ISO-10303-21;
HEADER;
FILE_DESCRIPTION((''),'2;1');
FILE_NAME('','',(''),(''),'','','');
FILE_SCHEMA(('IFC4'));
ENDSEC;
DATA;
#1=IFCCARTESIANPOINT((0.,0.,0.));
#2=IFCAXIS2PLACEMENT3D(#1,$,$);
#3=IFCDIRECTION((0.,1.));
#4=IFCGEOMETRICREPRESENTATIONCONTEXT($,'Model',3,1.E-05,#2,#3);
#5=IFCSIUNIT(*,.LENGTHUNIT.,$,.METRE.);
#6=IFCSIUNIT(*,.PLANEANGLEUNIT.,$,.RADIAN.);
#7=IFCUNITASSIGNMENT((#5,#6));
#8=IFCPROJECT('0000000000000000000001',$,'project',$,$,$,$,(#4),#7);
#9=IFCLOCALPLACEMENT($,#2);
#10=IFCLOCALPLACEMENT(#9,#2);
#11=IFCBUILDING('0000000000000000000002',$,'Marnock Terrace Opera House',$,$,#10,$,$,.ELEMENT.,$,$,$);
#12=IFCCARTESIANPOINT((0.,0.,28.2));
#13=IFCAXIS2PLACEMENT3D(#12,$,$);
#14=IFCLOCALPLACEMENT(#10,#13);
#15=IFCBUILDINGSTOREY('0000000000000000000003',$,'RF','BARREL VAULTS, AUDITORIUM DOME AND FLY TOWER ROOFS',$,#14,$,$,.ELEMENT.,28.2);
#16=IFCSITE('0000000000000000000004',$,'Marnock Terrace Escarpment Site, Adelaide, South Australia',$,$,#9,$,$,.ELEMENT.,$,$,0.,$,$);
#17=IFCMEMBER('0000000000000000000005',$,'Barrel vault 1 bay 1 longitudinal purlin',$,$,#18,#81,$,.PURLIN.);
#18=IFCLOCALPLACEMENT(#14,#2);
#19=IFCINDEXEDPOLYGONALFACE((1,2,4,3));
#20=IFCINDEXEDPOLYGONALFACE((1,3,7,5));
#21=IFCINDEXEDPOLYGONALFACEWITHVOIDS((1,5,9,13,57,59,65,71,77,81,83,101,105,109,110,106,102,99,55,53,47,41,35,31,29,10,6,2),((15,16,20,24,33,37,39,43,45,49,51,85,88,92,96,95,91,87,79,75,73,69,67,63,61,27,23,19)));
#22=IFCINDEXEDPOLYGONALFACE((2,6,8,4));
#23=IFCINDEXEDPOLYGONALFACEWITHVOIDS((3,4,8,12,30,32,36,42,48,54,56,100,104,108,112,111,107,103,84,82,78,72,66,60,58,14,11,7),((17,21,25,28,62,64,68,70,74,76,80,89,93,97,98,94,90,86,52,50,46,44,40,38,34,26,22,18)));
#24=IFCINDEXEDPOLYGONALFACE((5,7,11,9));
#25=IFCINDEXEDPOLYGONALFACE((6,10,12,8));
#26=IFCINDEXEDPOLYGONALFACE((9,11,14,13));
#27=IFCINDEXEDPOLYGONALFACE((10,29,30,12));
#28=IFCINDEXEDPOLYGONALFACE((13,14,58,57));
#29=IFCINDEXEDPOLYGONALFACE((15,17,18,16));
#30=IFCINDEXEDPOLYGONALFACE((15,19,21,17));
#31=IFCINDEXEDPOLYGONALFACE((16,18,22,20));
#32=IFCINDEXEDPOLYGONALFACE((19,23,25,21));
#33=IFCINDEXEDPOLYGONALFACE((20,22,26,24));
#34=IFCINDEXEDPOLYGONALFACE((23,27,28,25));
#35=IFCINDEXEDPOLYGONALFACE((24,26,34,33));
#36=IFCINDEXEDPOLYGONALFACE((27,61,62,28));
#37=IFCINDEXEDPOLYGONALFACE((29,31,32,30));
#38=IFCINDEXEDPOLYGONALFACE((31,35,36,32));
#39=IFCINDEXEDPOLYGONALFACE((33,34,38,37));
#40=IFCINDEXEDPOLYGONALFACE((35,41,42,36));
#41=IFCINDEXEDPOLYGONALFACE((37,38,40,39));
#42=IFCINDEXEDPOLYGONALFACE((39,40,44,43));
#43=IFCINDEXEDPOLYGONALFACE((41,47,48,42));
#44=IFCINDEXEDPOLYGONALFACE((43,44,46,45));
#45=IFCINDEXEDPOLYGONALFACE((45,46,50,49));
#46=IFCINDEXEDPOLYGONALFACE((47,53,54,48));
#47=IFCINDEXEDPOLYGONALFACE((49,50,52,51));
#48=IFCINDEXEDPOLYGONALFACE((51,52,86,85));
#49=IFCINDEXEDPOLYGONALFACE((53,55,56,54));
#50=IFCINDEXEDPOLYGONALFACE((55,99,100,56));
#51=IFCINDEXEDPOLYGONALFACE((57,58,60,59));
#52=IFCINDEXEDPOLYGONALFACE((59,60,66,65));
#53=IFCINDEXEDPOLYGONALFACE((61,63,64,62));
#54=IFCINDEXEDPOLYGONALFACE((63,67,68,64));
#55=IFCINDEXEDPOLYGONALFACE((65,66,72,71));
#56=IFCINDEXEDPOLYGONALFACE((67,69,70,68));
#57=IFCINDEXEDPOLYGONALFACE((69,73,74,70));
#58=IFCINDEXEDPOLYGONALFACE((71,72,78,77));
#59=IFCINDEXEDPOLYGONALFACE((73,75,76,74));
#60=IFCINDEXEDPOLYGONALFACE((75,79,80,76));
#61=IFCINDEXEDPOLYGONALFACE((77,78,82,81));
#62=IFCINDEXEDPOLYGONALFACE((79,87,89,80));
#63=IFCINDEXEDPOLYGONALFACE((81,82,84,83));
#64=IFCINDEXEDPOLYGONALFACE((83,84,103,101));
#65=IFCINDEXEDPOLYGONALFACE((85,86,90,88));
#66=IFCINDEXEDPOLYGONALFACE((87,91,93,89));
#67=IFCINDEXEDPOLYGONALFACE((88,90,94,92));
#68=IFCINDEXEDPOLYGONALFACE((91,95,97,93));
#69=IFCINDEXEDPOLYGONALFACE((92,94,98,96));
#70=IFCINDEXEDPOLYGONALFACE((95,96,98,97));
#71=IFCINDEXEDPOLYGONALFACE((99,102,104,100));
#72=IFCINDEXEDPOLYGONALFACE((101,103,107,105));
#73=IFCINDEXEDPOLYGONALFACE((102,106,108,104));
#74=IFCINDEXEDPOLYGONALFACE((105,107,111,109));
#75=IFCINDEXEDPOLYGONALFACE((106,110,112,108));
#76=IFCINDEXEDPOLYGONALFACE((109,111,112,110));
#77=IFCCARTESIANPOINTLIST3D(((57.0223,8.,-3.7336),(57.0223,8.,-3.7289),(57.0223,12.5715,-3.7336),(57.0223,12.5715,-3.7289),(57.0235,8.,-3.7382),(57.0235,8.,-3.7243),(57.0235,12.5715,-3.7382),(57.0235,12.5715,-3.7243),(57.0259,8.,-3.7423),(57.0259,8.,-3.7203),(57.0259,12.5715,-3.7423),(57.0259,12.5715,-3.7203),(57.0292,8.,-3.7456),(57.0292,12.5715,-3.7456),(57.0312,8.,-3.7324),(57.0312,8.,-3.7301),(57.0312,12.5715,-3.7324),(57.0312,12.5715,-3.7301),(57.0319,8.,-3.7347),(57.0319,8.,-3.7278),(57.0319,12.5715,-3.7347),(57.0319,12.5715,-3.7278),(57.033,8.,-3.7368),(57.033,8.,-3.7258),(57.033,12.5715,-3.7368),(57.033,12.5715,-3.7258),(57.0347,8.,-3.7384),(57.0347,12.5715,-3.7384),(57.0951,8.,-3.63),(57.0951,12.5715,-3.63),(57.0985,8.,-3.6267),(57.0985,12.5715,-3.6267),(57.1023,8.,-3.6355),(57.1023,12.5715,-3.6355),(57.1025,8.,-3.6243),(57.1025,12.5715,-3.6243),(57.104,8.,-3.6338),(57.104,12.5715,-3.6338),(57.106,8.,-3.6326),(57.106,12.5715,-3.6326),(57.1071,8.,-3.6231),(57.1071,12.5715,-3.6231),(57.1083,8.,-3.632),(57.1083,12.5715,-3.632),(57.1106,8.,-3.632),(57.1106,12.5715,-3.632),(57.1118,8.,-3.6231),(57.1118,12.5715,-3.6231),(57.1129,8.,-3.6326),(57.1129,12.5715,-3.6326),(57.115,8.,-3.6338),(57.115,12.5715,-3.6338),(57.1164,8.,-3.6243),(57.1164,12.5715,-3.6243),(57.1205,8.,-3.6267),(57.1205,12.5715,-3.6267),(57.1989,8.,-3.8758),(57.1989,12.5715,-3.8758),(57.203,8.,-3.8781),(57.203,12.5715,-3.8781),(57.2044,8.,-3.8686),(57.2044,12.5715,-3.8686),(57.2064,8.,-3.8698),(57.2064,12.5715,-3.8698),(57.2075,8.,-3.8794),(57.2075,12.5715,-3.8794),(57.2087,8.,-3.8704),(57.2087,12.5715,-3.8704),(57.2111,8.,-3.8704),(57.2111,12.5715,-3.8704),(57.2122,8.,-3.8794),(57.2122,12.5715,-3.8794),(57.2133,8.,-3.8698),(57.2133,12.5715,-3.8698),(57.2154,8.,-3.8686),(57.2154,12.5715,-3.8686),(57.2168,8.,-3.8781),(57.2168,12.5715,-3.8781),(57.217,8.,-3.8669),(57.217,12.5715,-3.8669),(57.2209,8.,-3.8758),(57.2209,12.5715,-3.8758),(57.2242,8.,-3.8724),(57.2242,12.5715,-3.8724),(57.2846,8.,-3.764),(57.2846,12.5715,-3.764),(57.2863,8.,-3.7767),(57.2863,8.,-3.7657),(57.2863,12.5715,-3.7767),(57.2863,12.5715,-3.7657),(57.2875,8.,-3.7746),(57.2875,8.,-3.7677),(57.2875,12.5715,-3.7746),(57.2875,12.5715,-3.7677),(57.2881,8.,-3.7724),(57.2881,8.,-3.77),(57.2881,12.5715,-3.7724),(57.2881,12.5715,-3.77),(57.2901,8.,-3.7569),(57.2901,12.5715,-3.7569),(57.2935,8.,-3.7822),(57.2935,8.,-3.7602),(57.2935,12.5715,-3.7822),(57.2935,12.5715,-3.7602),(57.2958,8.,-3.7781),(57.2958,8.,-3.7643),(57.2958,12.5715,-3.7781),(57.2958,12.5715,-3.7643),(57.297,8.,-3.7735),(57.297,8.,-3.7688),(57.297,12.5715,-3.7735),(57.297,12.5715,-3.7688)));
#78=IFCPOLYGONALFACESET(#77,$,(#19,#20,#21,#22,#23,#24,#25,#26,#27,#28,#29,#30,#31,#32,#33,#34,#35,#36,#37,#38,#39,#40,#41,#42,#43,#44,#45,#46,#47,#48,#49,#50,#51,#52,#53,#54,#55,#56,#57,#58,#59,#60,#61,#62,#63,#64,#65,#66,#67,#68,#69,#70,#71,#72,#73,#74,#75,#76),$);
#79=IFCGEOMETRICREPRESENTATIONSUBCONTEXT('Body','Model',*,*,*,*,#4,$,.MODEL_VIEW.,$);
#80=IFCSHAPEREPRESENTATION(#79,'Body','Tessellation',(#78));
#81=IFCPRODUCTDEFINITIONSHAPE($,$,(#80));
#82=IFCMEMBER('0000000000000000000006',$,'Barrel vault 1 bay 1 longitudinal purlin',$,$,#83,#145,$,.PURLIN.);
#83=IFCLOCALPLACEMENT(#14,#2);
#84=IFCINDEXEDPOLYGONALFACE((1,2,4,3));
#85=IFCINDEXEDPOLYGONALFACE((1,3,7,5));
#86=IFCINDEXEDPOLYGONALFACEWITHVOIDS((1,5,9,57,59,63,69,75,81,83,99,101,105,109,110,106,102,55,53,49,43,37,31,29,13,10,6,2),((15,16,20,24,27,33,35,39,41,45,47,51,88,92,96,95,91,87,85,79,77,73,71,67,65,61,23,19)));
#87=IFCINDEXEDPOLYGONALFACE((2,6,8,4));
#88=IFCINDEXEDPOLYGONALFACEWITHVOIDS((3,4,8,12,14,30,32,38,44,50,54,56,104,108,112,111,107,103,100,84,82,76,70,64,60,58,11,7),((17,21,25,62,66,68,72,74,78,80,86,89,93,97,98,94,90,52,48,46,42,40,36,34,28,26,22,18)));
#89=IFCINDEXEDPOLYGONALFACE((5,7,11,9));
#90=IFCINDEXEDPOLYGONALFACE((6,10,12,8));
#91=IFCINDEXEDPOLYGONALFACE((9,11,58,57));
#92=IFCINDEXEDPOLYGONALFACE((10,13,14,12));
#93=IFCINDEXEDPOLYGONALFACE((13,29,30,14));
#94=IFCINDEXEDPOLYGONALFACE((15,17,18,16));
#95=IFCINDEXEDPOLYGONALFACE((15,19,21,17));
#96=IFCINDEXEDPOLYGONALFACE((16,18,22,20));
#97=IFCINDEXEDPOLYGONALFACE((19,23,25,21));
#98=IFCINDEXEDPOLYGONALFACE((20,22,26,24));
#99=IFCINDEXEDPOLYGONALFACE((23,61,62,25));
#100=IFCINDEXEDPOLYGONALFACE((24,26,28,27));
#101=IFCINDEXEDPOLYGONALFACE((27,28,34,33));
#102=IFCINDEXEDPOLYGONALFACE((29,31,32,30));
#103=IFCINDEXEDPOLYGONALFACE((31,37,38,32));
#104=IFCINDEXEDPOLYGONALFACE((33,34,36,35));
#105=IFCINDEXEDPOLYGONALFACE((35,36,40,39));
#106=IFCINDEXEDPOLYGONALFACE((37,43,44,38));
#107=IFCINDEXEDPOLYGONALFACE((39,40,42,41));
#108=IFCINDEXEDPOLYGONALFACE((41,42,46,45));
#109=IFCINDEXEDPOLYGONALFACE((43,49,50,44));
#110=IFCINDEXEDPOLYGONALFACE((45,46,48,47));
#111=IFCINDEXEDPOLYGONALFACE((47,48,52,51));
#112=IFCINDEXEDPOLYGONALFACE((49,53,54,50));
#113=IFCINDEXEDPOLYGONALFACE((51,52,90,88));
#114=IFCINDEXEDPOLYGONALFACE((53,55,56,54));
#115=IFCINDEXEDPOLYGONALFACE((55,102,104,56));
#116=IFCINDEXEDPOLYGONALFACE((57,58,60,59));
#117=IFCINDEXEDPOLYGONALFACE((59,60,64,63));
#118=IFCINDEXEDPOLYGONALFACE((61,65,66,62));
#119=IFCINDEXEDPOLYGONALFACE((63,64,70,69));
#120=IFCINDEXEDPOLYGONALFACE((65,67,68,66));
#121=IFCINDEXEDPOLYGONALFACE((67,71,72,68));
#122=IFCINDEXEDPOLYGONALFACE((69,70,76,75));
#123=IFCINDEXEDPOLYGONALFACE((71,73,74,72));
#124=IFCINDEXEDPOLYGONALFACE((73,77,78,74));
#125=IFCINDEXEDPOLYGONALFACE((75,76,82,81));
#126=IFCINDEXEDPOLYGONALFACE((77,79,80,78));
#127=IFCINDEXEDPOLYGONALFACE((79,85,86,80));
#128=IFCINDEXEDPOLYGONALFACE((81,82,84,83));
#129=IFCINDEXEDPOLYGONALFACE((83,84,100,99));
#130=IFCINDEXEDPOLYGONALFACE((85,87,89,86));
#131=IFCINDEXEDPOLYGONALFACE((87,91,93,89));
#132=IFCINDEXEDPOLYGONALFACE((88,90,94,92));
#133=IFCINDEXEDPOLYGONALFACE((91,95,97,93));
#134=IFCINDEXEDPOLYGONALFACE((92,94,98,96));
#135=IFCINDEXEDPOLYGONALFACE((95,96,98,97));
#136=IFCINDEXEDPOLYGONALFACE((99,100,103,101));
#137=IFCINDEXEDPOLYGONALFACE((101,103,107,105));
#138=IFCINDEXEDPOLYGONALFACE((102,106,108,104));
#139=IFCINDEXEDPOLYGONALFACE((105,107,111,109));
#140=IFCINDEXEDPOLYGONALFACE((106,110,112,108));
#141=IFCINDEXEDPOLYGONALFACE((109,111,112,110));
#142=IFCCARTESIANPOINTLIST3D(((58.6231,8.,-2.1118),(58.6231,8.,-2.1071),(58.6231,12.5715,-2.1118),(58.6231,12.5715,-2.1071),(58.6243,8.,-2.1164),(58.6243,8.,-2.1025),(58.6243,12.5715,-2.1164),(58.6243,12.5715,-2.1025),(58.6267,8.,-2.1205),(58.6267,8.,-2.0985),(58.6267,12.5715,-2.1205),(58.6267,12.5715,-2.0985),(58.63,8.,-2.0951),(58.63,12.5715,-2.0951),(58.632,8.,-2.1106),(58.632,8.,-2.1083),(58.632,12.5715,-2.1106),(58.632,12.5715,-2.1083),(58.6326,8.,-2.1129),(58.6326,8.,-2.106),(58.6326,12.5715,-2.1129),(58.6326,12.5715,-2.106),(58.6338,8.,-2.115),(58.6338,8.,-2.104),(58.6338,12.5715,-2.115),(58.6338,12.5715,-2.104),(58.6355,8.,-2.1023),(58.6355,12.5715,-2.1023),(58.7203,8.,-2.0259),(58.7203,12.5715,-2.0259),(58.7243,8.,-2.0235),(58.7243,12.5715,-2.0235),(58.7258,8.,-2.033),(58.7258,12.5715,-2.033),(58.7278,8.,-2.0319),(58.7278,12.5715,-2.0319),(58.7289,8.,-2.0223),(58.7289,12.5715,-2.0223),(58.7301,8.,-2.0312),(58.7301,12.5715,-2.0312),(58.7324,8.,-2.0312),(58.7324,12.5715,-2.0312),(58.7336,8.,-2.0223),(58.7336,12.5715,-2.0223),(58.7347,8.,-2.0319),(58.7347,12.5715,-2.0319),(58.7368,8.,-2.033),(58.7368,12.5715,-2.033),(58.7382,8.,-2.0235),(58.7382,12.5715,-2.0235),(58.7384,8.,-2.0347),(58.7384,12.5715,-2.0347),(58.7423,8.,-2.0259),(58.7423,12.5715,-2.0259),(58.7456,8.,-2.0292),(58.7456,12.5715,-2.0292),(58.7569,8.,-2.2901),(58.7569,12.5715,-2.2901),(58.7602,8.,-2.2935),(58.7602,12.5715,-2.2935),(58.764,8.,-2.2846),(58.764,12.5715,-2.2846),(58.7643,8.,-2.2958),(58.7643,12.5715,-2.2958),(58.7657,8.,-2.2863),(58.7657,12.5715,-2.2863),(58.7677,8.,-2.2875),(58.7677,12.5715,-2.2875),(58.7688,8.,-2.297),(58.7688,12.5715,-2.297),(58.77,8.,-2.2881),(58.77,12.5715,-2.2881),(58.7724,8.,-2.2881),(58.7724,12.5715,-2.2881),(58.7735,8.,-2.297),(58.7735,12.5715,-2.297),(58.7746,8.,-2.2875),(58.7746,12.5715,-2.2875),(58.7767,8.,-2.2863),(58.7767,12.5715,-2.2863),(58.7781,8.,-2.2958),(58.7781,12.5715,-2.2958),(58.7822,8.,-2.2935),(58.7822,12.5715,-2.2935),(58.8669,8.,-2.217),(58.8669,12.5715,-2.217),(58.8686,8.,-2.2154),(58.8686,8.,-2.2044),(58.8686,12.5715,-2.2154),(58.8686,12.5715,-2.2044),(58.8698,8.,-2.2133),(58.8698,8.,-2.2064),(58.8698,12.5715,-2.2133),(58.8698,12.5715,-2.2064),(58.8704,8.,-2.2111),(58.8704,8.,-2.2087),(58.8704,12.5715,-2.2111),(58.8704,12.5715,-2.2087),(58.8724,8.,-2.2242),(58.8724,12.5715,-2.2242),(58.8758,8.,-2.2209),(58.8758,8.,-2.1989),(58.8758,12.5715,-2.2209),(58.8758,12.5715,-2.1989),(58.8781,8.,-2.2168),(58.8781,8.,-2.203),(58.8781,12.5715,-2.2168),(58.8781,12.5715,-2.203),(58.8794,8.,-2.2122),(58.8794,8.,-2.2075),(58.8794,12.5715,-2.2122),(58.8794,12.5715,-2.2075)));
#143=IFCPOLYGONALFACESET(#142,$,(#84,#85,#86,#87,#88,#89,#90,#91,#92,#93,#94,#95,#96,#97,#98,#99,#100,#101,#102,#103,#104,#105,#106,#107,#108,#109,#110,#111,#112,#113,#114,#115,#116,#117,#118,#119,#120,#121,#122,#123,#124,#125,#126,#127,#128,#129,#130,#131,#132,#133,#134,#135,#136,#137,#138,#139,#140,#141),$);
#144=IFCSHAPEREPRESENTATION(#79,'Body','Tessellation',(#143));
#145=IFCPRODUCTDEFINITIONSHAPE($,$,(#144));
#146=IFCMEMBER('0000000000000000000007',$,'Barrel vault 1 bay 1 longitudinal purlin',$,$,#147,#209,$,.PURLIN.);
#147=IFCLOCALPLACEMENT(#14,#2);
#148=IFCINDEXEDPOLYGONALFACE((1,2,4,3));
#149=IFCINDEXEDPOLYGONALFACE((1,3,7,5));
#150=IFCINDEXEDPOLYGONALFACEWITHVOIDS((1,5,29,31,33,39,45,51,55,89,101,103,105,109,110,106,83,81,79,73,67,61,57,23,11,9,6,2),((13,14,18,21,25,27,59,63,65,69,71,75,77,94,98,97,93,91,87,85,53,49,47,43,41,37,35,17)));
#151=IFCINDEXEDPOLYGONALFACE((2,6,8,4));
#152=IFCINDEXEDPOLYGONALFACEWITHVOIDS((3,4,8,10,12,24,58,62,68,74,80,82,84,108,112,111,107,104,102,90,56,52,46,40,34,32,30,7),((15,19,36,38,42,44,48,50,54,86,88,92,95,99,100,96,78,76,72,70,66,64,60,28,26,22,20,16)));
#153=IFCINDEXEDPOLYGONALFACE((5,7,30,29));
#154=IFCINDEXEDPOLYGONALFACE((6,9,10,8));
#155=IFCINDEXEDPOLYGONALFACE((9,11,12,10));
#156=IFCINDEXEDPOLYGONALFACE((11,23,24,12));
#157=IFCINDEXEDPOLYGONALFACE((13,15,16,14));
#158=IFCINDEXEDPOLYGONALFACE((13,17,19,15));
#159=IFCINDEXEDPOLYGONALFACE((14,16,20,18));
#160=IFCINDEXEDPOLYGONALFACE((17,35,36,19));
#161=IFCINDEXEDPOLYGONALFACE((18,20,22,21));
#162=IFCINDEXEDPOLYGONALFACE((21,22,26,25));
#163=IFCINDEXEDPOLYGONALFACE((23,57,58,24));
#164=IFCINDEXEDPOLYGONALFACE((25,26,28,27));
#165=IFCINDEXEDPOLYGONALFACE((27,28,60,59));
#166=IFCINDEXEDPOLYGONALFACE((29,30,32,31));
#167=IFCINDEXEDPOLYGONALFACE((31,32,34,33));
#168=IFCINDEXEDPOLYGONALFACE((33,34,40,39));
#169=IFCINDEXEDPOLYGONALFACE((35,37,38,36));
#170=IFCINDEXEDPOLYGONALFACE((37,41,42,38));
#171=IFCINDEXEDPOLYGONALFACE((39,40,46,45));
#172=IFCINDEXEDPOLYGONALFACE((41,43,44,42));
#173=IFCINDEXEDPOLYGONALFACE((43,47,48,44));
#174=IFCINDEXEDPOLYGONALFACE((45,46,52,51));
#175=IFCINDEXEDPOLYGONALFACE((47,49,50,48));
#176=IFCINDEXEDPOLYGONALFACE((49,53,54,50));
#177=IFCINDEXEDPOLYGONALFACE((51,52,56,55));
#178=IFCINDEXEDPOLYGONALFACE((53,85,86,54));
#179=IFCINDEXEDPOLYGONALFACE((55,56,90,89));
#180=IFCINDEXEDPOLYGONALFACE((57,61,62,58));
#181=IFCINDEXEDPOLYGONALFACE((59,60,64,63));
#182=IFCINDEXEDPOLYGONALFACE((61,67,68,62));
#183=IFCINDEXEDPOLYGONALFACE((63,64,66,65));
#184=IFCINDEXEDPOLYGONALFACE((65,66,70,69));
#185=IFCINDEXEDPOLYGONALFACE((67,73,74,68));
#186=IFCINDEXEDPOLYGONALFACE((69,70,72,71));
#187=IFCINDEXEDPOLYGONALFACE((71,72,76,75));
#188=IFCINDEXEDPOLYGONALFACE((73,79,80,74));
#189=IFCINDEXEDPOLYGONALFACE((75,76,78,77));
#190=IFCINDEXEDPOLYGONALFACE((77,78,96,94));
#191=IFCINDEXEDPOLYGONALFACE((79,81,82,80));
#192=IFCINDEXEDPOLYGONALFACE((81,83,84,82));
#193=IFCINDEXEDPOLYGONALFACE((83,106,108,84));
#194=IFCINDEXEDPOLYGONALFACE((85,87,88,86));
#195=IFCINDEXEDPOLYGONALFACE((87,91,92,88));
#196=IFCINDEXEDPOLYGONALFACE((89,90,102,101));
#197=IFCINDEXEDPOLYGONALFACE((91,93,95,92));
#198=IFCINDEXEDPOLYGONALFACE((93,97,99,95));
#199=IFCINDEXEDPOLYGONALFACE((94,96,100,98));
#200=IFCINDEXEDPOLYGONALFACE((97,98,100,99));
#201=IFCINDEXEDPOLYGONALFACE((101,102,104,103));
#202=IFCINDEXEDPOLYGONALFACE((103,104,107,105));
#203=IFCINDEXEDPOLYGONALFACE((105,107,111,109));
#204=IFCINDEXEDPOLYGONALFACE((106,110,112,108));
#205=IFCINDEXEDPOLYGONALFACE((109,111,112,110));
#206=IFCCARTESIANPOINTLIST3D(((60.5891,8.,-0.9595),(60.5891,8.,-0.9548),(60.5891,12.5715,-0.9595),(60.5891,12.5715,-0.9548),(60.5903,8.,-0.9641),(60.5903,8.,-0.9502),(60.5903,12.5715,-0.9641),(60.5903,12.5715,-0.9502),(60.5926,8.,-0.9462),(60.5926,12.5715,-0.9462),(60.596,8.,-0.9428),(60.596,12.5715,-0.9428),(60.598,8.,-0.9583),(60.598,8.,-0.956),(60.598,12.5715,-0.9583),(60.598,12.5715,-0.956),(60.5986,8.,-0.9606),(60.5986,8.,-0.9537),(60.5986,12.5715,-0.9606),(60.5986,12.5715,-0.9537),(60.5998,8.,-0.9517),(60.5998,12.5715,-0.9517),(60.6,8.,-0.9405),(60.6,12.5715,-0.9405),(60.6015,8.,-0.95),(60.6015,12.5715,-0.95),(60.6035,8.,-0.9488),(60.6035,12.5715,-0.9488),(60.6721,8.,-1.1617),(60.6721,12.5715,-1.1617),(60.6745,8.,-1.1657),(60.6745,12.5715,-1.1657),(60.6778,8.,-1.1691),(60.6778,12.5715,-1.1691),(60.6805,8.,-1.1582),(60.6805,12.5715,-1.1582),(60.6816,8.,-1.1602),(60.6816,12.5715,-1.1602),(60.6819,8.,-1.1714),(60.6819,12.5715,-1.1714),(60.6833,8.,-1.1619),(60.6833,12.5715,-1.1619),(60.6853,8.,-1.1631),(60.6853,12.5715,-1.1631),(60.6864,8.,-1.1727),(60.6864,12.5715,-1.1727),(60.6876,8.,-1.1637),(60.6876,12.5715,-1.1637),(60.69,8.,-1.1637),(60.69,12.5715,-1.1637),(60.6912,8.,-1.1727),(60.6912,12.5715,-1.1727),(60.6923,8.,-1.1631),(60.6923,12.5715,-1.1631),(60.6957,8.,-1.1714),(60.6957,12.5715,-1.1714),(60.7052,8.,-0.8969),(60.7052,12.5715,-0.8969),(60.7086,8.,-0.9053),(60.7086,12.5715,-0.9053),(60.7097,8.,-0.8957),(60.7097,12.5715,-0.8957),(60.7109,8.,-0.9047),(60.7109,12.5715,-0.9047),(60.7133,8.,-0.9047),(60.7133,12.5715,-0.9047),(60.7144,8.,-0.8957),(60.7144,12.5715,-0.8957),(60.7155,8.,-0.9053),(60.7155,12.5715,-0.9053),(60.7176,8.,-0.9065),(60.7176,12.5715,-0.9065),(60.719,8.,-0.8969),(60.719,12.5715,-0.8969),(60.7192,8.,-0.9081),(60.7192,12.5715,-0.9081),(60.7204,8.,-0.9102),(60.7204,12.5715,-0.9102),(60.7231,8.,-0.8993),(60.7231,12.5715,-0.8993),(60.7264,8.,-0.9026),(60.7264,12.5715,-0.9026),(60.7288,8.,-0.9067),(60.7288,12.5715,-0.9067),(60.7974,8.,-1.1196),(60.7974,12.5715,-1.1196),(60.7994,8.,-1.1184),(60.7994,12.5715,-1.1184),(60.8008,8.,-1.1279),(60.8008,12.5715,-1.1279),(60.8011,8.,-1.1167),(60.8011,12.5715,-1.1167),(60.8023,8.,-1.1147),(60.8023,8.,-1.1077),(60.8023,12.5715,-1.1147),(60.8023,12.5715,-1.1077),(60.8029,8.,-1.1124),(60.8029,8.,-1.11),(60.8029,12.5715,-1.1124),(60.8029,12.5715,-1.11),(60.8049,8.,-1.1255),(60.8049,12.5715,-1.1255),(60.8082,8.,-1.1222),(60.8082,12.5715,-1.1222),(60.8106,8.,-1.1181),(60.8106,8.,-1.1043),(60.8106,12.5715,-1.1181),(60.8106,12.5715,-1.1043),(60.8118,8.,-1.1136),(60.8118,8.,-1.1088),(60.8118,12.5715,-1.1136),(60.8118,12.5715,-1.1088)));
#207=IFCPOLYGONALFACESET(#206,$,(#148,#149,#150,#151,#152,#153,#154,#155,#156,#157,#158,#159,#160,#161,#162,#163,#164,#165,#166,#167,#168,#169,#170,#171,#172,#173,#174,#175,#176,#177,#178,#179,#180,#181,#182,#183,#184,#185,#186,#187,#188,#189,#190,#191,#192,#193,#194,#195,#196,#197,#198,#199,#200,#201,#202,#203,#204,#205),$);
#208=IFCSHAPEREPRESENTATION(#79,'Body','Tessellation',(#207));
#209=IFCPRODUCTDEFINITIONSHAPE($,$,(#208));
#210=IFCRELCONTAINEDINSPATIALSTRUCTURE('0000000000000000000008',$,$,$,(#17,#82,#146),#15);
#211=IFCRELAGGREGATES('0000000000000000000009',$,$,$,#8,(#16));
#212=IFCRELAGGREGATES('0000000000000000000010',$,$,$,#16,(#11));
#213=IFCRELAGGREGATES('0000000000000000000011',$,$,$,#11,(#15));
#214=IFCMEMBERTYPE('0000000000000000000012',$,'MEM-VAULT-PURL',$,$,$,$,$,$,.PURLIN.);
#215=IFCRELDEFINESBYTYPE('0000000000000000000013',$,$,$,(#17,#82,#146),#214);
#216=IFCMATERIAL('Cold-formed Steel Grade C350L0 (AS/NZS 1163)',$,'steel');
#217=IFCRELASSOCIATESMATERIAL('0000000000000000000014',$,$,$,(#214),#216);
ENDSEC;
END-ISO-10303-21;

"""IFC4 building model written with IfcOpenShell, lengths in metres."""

from ifc_helpers import new_model, si_unit, direction, frame, origin, origin_2d, place, context, subcontext, project, spatial, hollow_rectangle, extrude, material, material_profile, profile_set, type_object, element, save


model = new_model("IFC4")

# Units and contexts
model_context = context("Model", 3, precision=1e-05, world=origin(), true_north=direction((0.0, 1.0)))
body_context = subcontext(model_context, "Body", "Model", "MODEL_VIEW")
ifc_project = project(units=[si_unit("LENGTHUNIT", "METRE"), si_unit("PLANEANGLEUNIT", "RADIAN")], contexts=[model_context])

# Site, building, storey
site_placement = place(None, origin())
site = spatial("IfcSite", under=ifc_project, at=site_placement, Name="Marnock Terrace Escarpment Site, Adelaide, South Australia", CompositionType="ELEMENT", RefElevation=0.0)
building_placement = place(site_placement, origin())
building = spatial("IfcBuilding", under=site, at=building_placement, Name="Marnock Terrace Opera House", CompositionType="ELEMENT")
storey_placement = place(building_placement, frame((0.0, 0.0, 28.2)))
storey = spatial("IfcBuildingStorey", under=building, at=storey_placement, Name="RF", Description="BARREL VAULTS, AUDITORIUM DOME AND FLY TOWER ROOFS", CompositionType="ELEMENT", Elevation=28.2)

# Members
ifc_material_1 = material(Name="Cold-formed Steel Grade C350L0 (AS/NZS 1163)", Category="steel")
ifc_material_profile_1 = material_profile(ifc_material_1, hollow_rectangle(XDim=0.1499, YDim=0.25, WallThickness=0.009, InnerFilletRadius=0.009, OuterFilletRadius=0.0181, at=origin_2d()))
ifc_profile_set_1 = profile_set([ifc_material_profile_1], Name="Cold-formed Steel Grade C350L0 (AS/NZS 1163)")
member_type_1 = type_object("IfcMemberType", Name="MEM-VAULT-PURL", PredefinedType="PURLIN", material=ifc_profile_set_1)
for number, where, z_axis, x_axis, name in (
    (1, (57.1597, 8.0, -3.7512), (0.0, 1.0, 0.0), (-0.608761, 0.0, -0.793353), "Barrel vault 1 bay 1 longitudinal purlin"),
    (2, (58.7512, 8.0, -2.1597), (0.0, 1.0, 0.0), (-0.793353, 0.0, -0.608761), "Barrel vault 1 bay 1 longitudinal purlin"),
    (3, (60.7004, 8.0, -1.0342), (0.0, 1.0, 0.0), (-0.92388, 0.0, -0.382683), "Barrel vault 1 bay 1 longitudinal purlin"),
):
    element("IfcMember", number, at=place(storey_placement, frame(where, z_axis=z_axis, x_axis=x_axis)), inside=storey, type_object=member_type_1, Name=name, PredefinedType="PURLIN", context=body_context, shape_type="SweptSolid", body=[
        extrude(hollow_rectangle(XDim=0.1499, YDim=0.25, WallThickness=0.009, InnerFilletRadius=0.009, OuterFilletRadius=0.0181, at=origin_2d()), origin(), (0.0, 0.0, 1.0), 4.5715),
    ])

save(model, "model.ifc")
